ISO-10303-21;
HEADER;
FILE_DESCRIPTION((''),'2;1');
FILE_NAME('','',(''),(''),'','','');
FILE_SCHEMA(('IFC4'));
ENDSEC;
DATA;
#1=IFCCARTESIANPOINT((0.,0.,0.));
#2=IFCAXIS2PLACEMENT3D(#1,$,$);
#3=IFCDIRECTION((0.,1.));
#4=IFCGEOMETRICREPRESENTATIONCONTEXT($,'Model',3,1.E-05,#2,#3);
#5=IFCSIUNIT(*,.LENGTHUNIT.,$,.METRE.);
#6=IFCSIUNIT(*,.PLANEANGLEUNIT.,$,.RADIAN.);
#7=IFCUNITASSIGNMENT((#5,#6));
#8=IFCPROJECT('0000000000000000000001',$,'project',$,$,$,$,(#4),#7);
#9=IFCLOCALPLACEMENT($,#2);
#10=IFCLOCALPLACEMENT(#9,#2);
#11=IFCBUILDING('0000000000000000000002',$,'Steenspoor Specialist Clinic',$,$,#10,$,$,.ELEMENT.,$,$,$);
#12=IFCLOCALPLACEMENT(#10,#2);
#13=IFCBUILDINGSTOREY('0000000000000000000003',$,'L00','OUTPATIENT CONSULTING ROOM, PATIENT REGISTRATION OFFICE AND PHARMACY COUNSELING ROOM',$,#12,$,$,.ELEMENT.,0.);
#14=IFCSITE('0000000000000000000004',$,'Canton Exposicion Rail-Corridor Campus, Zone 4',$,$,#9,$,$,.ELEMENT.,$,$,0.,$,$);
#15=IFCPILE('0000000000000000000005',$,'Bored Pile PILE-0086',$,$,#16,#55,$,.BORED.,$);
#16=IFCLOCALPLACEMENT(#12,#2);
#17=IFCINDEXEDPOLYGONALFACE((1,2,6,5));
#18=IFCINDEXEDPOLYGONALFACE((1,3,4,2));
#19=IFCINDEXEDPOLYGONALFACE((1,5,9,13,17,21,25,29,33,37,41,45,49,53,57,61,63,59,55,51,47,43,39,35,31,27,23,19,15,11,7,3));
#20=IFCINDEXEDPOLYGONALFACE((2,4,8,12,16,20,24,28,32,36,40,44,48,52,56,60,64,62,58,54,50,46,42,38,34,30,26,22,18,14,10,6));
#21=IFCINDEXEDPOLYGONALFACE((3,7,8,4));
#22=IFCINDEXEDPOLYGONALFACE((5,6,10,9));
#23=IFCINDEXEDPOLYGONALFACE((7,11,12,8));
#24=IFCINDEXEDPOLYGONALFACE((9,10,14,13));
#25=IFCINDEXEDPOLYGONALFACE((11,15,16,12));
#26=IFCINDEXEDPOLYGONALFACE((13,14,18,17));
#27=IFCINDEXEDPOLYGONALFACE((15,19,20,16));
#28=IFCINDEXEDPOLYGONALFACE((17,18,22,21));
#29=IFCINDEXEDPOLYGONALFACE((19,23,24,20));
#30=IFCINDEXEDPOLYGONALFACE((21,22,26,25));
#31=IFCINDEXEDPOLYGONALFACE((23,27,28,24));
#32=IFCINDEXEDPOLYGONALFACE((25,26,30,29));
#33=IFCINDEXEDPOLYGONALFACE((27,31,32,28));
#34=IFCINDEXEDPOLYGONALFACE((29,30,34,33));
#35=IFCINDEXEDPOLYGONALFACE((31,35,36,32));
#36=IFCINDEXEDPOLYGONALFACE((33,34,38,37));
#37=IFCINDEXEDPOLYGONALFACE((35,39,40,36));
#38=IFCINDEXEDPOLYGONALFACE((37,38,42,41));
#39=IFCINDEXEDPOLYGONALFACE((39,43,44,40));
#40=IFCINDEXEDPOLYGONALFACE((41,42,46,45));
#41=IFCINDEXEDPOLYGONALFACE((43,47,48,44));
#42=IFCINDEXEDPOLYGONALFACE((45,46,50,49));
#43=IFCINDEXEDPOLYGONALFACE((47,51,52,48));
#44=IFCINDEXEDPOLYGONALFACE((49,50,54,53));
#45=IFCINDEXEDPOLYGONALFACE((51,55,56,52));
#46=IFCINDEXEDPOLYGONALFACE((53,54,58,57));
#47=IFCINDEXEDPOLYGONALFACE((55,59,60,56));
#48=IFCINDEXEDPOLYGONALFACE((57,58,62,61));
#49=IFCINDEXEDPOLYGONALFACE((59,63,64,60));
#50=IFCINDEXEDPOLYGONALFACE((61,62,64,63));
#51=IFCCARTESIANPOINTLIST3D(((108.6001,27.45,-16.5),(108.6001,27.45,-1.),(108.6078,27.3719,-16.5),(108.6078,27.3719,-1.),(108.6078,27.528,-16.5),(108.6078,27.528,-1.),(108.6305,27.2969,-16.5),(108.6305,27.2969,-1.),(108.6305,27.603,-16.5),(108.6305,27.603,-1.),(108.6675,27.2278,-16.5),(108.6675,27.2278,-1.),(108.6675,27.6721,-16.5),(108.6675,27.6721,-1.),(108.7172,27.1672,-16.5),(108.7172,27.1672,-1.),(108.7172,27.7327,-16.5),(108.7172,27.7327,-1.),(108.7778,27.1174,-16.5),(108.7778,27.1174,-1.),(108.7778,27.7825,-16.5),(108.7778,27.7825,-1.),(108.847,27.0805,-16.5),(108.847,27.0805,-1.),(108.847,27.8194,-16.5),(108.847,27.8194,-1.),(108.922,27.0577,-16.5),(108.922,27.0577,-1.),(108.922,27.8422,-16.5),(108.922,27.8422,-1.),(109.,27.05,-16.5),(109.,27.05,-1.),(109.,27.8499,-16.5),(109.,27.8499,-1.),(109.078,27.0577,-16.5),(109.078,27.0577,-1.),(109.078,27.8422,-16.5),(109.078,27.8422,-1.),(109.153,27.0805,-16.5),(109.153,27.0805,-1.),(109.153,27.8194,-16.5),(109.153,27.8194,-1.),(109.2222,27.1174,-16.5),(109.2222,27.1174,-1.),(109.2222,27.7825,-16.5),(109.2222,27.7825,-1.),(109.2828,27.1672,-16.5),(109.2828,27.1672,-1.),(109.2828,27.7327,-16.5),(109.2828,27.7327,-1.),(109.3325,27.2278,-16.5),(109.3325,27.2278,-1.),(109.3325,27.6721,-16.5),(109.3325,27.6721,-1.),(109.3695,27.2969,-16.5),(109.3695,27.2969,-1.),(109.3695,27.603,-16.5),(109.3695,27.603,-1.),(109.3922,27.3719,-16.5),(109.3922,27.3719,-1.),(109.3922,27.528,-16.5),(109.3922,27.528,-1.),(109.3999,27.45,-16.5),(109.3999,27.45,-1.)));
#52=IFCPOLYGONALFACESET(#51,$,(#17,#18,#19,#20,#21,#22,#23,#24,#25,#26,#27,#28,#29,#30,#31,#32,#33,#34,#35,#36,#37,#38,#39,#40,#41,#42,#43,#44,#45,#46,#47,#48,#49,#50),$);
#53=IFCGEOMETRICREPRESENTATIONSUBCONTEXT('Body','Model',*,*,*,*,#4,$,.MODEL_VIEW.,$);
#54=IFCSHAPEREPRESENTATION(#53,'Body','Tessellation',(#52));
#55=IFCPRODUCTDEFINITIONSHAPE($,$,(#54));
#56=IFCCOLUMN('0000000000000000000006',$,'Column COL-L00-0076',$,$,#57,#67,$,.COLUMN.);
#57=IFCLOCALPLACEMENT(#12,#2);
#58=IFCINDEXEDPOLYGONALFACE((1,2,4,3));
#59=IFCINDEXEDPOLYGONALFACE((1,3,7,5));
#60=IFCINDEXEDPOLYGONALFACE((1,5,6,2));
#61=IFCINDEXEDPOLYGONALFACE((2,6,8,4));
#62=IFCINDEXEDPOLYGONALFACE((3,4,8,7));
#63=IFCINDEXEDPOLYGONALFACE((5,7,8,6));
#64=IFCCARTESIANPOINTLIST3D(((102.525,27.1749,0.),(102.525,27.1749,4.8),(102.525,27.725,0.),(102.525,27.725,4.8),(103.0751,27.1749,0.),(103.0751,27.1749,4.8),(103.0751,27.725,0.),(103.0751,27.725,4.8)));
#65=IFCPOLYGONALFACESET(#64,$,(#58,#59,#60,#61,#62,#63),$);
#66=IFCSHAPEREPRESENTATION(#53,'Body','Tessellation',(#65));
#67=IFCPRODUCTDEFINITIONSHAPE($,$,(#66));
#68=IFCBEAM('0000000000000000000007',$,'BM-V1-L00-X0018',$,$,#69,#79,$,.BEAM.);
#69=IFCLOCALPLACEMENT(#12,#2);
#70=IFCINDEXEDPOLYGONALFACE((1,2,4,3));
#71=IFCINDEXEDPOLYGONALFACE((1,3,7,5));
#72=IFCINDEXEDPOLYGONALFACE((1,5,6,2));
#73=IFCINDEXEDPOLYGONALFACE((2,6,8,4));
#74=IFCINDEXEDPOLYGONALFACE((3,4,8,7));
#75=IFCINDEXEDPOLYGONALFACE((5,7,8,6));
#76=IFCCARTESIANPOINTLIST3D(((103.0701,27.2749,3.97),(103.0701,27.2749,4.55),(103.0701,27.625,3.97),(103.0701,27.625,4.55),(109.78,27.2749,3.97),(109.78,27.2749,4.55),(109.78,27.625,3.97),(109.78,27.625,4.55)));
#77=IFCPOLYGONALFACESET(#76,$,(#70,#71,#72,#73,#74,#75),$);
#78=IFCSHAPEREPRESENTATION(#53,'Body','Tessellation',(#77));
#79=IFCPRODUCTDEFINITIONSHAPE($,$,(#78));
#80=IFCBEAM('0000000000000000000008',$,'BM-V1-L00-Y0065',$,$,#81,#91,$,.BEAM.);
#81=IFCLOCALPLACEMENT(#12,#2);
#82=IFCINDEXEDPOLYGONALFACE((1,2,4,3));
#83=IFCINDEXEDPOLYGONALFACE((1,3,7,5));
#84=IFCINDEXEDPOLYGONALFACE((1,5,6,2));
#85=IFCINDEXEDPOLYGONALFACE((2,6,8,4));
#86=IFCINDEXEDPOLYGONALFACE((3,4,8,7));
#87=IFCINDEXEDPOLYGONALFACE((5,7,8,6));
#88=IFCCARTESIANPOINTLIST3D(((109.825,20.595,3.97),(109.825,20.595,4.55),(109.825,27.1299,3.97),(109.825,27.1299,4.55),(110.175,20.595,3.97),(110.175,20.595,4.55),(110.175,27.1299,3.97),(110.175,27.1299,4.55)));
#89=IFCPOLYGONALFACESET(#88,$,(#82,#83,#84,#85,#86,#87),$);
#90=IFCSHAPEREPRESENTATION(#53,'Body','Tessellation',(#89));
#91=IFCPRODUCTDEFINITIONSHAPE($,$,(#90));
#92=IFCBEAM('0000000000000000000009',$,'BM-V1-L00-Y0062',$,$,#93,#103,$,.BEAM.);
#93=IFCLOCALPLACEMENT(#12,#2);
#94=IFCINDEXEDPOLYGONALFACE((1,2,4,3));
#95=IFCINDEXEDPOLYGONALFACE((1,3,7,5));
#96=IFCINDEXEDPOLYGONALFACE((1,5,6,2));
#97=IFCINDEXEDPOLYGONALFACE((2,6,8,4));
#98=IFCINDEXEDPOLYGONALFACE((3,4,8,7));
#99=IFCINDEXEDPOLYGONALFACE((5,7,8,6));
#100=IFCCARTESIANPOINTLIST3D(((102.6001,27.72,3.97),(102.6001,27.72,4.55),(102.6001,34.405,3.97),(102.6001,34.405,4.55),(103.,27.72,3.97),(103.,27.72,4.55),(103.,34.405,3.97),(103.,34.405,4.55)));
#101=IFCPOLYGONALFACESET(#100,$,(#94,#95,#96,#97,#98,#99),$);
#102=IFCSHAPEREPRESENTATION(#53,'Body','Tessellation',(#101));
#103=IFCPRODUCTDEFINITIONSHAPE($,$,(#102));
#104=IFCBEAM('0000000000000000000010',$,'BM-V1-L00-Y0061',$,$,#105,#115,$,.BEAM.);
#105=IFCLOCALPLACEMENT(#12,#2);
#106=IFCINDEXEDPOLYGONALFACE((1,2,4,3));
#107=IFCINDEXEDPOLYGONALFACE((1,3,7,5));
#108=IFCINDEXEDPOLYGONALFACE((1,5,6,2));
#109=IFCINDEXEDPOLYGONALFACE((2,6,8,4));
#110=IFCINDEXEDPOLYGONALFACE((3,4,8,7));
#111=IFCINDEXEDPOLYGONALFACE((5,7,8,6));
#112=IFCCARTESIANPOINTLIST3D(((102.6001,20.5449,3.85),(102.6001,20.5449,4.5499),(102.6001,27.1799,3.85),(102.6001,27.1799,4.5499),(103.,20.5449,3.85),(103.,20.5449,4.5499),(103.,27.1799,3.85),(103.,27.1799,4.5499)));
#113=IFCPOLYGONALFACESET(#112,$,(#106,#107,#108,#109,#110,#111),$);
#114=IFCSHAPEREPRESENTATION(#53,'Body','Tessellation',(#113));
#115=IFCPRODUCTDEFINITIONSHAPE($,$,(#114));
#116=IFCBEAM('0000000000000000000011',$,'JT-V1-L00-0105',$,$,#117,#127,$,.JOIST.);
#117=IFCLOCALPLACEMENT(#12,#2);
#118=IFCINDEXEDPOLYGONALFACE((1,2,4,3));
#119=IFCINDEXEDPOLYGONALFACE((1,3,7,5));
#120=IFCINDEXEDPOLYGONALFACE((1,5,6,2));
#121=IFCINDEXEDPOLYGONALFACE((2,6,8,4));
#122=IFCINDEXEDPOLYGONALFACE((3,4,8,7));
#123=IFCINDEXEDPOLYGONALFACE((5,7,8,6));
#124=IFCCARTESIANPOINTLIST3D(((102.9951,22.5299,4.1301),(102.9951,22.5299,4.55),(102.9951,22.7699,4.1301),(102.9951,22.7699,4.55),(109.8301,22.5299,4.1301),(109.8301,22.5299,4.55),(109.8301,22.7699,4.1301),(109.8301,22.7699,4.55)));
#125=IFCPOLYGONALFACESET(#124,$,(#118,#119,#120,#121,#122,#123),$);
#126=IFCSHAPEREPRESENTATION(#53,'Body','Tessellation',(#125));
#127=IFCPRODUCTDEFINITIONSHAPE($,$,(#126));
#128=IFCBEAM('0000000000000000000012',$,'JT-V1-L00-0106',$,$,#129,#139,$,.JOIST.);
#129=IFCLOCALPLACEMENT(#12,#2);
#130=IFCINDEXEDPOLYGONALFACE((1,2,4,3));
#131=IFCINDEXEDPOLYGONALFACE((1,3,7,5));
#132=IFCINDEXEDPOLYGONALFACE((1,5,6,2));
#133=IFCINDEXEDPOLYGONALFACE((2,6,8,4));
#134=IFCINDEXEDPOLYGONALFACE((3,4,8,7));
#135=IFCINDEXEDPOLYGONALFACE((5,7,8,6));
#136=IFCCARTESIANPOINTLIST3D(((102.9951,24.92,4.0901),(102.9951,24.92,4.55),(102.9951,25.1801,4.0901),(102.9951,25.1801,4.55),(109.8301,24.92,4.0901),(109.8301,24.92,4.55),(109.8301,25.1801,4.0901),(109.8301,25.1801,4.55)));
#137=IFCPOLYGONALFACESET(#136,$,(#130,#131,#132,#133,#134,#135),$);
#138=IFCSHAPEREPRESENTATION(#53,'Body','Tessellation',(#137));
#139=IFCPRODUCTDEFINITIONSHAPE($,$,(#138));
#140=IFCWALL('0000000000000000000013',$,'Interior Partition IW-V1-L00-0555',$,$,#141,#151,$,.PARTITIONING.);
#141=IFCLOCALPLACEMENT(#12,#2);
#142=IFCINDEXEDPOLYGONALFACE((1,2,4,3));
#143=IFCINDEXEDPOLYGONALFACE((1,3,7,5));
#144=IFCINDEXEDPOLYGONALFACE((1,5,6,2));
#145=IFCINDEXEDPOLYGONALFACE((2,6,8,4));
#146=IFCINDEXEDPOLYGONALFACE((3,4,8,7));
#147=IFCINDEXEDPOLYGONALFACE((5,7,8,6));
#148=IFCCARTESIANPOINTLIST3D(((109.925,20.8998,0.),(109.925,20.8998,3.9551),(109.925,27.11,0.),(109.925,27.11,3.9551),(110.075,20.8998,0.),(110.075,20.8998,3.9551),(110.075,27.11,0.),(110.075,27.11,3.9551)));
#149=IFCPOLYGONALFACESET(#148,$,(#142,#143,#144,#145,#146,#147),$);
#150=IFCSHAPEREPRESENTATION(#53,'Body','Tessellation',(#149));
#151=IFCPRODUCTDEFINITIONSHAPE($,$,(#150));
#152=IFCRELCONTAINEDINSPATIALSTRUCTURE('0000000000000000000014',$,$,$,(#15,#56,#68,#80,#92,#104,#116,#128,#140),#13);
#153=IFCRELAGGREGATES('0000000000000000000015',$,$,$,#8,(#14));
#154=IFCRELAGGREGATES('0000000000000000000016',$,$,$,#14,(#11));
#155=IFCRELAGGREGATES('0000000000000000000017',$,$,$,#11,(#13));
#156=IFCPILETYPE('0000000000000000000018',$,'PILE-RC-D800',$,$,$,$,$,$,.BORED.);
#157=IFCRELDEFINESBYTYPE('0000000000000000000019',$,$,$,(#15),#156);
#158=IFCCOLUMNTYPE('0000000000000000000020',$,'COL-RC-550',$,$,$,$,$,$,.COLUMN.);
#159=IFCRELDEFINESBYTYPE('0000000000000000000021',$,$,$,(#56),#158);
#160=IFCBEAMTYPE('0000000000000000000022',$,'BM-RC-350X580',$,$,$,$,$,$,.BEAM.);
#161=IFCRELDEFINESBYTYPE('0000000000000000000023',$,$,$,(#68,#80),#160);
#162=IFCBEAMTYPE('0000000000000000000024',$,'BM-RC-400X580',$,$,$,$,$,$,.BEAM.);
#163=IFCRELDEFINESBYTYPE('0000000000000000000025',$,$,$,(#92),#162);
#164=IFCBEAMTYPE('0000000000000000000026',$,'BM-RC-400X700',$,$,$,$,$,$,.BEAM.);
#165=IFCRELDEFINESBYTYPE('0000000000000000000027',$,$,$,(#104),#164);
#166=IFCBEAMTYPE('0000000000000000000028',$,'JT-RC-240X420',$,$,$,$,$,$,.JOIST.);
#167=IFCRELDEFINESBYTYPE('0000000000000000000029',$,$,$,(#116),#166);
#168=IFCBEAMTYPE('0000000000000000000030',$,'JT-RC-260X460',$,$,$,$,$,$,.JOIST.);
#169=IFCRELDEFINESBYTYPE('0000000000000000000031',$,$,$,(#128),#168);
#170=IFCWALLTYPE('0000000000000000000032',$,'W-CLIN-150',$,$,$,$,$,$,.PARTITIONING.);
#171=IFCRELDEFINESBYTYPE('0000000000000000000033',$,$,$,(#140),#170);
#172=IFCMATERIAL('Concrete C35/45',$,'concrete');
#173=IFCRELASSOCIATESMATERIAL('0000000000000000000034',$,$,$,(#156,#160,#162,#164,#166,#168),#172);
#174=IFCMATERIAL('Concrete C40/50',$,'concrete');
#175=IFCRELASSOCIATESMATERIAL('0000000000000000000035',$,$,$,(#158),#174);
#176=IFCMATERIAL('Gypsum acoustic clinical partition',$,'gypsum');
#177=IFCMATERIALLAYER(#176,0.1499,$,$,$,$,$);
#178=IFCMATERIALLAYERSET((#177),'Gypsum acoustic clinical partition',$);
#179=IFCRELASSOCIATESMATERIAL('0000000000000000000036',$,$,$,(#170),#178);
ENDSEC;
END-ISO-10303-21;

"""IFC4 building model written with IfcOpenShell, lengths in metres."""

from ifc_helpers import new_model, si_unit, direction, frame, frame_2d, origin, origin_2d, place, context, subcontext, project, spatial, rectangle, circle, extrude, material, layer, layer_set, material_profile, profile_set, type_object, element, save


model = new_model("IFC4")

# Units and contexts
model_context = context("Model", 3, precision=1e-05, world=origin(), true_north=direction((0.0, 1.0)))
body_context = subcontext(model_context, "Body", "Model", "MODEL_VIEW")
ifc_project = project(units=[si_unit("LENGTHUNIT", "METRE"), si_unit("PLANEANGLEUNIT", "RADIAN")], contexts=[model_context])

# Site, building, storey
site_placement = place(None, origin())
site = spatial("IfcSite", under=ifc_project, at=site_placement, Name="Canton Exposicion Rail-Corridor Campus, Zone 4", CompositionType="ELEMENT", RefElevation=0.0)
building_placement = place(site_placement, origin())
building = spatial("IfcBuilding", under=site, at=building_placement, Name="Steenspoor Specialist Clinic", CompositionType="ELEMENT")
storey_placement = place(building_placement, origin())
storey = spatial("IfcBuildingStorey", under=building, at=storey_placement, Name="L00", Description="OUTPATIENT CONSULTING ROOM, PATIENT REGISTRATION OFFICE AND PHARMACY COUNSELING ROOM", CompositionType="ELEMENT", Elevation=0.0)

# Shared definitions
ifc_material_1 = material(Name="Concrete C35/45", Category="concrete")

# Pile
ifc_material_profile_1 = material_profile(ifc_material_1, circle(Radius=0.3999, at=origin_2d()), Name="PILE-D800")
ifc_profile_set_1 = profile_set([ifc_material_profile_1], Name="Concrete C35/45")
pile_type = type_object("IfcPileType", Name="PILE-RC-D800", PredefinedType="BORED", material=ifc_profile_set_1)
pile_placement = place(storey_placement, frame((109.0, 27.45, -1.0), z_axis=(0.0, 0.0, -1.0), x_axis=(1.0, 0.0, 0.0)))
element("IfcPile", 1, at=pile_placement, inside=storey, type_object=pile_type, Name="Bored Pile PILE-0086", PredefinedType="BORED", context=body_context, shape_type="SweptSolid", body=[
    extrude(circle(Radius=0.3999, at=origin_2d()), origin(), (0.0, 0.0, 1.0), 15.5),
])

# Column
ifc_material_2 = material(Name="Concrete C40/50", Category="concrete")
ifc_material_profile_2 = material_profile(ifc_material_2, rectangle(XDim=0.55, YDim=0.55, at=origin_2d()), Name="RC-COL-550X550")
ifc_profile_set_2 = profile_set([ifc_material_profile_2], Name="Concrete C40/50")
column_type = type_object("IfcColumnType", Name="COL-RC-550", PredefinedType="COLUMN", material=ifc_profile_set_2)
column_placement = place(storey_placement, frame((102.8, 27.45, 0.0), z_axis=(0.0, 0.0, 1.0), x_axis=(1.0, 0.0, 0.0)))
element("IfcColumn", 2, at=column_placement, inside=storey, type_object=column_type, Name="Column COL-L00-0076", PredefinedType="COLUMN", context=body_context, shape_type="SweptSolid", body=[
    extrude(rectangle(XDim=0.55, YDim=0.55, at=origin_2d()), origin(), (0.0, 0.0, 1.0), 4.8),
])

# Beams
ifc_material_profile_3 = material_profile(ifc_material_1, rectangle(XDim=0.3501, YDim=0.5801, at=origin_2d()), Name="RC-BM-350X580")
ifc_profile_set_3 = profile_set([ifc_material_profile_3], Name="Concrete C35/45")
beam_type_1 = type_object("IfcBeamType", Name="BM-RC-350X580", PredefinedType="BEAM", material=ifc_profile_set_3)
beam_1_placement = place(storey_placement, frame((103.0701, 27.45, 4.26), z_axis=(1.0, 0.0, 0.0), x_axis=(0.0, 1.0, 0.0)))
element("IfcBeam", 3, at=beam_1_placement, inside=storey, type_object=beam_type_1, Name="BM-V1-L00-X0018", PredefinedType="BEAM", context=body_context, shape_type="SweptSolid", body=[
    extrude(rectangle(XDim=0.3501, YDim=0.5801, at=origin_2d()), origin(), (0.0, 0.0, 1.0), 6.71),
])
beam_2_placement = place(storey_placement, frame((110.0, 20.595, 4.26), z_axis=(0.0, 1.0, 0.0), x_axis=(-1.0, 0.0, 0.0)))
element("IfcBeam", 4, at=beam_2_placement, inside=storey, type_object=beam_type_1, Name="BM-V1-L00-Y0065", PredefinedType="BEAM", context=body_context, shape_type="SweptSolid", body=[
    extrude(rectangle(XDim=0.3501, YDim=0.5801, at=origin_2d()), origin(), (0.0, 0.0, 1.0), 6.5349),
])
ifc_material_profile_4 = material_profile(ifc_material_1, rectangle(XDim=0.3999, YDim=0.5801, at=origin_2d()), Name="RC-BM-400X580")
ifc_profile_set_4 = profile_set([ifc_material_profile_4], Name="Concrete C35/45")
beam_type_2 = type_object("IfcBeamType", Name="BM-RC-400X580", PredefinedType="BEAM", material=ifc_profile_set_4)
beam_3_placement = place(storey_placement, frame((102.8, 27.72, 4.26), z_axis=(0.0, 1.0, 0.0), x_axis=(-1.0, 0.0, 0.0)))
element("IfcBeam", 5, at=beam_3_placement, inside=storey, type_object=beam_type_2, Name="BM-V1-L00-Y0062", PredefinedType="BEAM", context=body_context, shape_type="SweptSolid", body=[
    extrude(rectangle(XDim=0.3999, YDim=0.5801, at=origin_2d()), origin(), (0.0, 0.0, 1.0), 6.6851),
])
ifc_material_profile_5 = material_profile(ifc_material_1, rectangle(XDim=0.3999, YDim=0.7, at=origin_2d()), Name="RC-BM-400X700")
ifc_profile_set_5 = profile_set([ifc_material_profile_5], Name="Concrete C35/45")
beam_type_3 = type_object("IfcBeamType", Name="BM-RC-400X700", PredefinedType="BEAM", material=ifc_profile_set_5)
beam_4_placement = place(storey_placement, frame((102.8, 20.5449, 4.2), z_axis=(0.0, 1.0, 0.0), x_axis=(-1.0, 0.0, 0.0)))
element("IfcBeam", 6, at=beam_4_placement, inside=storey, type_object=beam_type_3, Name="BM-V1-L00-Y0061", PredefinedType="BEAM", context=body_context, shape_type="SweptSolid", body=[
    extrude(rectangle(XDim=0.3999, YDim=0.7, at=origin_2d()), origin(), (0.0, 0.0, 1.0), 6.635),
])
ifc_material_profile_6 = material_profile(ifc_material_1, rectangle(XDim=0.24, YDim=0.4199, at=origin_2d()), Name="RC-JT-240X420")
ifc_profile_set_6 = profile_set([ifc_material_profile_6], Name="Concrete C35/45")
beam_type_4 = type_object("IfcBeamType", Name="JT-RC-240X420", PredefinedType="JOIST", material=ifc_profile_set_6)
beam_5_placement = place(storey_placement, frame((102.9951, 22.6499, 4.3401), z_axis=(1.0, 0.0, 0.0), x_axis=(0.0, 1.0, 0.0)))
element("IfcBeam", 7, at=beam_5_placement, inside=storey, type_object=beam_type_4, Name="JT-V1-L00-0105", PredefinedType="JOIST", context=body_context, shape_type="SweptSolid", body=[
    extrude(rectangle(XDim=0.24, YDim=0.4199, at=origin_2d()), origin(), (0.0, 0.0, 1.0), 6.835),
])
ifc_material_profile_7 = material_profile(ifc_material_1, rectangle(XDim=0.26, YDim=0.46, at=origin_2d()), Name="RC-JT-260X460")
ifc_profile_set_7 = profile_set([ifc_material_profile_7], Name="Concrete C35/45")
beam_type_5 = type_object("IfcBeamType", Name="JT-RC-260X460", PredefinedType="JOIST", material=ifc_profile_set_7)
beam_6_placement = place(storey_placement, frame((102.9951, 25.05, 4.3201), z_axis=(1.0, 0.0, 0.0), x_axis=(0.0, 1.0, 0.0)))
element("IfcBeam", 8, at=beam_6_placement, inside=storey, type_object=beam_type_5, Name="JT-V1-L00-0106", PredefinedType="JOIST", context=body_context, shape_type="SweptSolid", body=[
    extrude(rectangle(XDim=0.26, YDim=0.46, at=origin_2d()), origin(), (0.0, 0.0, 1.0), 6.835),
])

# Wall
ifc_material_3 = material(Name="Gypsum acoustic clinical partition", Category="gypsum")
ifc_layer_1 = layer(ifc_material_3, 0.1499)
ifc_layer_set_1 = layer_set([ifc_layer_1], Name="Gypsum acoustic clinical partition")
wall_type_1 = type_object("IfcWallType", Name="W-CLIN-150", PredefinedType="PARTITIONING", material=ifc_layer_set_1)
wall_1_placement = place(storey_placement, frame((110.0, 20.8999, 0.0), z_axis=(0.0, 0.0, 1.0), x_axis=(0.0, 1.0, 0.0)))
element("IfcWall", 9, at=wall_1_placement, inside=storey, type_object=wall_type_1, Name="Interior Partition IW-V1-L00-0555", PredefinedType="PARTITIONING", context=body_context, shape_type="SweptSolid", body=[
    extrude(rectangle(XDim=6.2102, YDim=0.1499, at=frame_2d((3.105, 0.0))), origin(), (0.0, 0.0, 1.0), 3.9551),
])

save(model, "model.ifc")
